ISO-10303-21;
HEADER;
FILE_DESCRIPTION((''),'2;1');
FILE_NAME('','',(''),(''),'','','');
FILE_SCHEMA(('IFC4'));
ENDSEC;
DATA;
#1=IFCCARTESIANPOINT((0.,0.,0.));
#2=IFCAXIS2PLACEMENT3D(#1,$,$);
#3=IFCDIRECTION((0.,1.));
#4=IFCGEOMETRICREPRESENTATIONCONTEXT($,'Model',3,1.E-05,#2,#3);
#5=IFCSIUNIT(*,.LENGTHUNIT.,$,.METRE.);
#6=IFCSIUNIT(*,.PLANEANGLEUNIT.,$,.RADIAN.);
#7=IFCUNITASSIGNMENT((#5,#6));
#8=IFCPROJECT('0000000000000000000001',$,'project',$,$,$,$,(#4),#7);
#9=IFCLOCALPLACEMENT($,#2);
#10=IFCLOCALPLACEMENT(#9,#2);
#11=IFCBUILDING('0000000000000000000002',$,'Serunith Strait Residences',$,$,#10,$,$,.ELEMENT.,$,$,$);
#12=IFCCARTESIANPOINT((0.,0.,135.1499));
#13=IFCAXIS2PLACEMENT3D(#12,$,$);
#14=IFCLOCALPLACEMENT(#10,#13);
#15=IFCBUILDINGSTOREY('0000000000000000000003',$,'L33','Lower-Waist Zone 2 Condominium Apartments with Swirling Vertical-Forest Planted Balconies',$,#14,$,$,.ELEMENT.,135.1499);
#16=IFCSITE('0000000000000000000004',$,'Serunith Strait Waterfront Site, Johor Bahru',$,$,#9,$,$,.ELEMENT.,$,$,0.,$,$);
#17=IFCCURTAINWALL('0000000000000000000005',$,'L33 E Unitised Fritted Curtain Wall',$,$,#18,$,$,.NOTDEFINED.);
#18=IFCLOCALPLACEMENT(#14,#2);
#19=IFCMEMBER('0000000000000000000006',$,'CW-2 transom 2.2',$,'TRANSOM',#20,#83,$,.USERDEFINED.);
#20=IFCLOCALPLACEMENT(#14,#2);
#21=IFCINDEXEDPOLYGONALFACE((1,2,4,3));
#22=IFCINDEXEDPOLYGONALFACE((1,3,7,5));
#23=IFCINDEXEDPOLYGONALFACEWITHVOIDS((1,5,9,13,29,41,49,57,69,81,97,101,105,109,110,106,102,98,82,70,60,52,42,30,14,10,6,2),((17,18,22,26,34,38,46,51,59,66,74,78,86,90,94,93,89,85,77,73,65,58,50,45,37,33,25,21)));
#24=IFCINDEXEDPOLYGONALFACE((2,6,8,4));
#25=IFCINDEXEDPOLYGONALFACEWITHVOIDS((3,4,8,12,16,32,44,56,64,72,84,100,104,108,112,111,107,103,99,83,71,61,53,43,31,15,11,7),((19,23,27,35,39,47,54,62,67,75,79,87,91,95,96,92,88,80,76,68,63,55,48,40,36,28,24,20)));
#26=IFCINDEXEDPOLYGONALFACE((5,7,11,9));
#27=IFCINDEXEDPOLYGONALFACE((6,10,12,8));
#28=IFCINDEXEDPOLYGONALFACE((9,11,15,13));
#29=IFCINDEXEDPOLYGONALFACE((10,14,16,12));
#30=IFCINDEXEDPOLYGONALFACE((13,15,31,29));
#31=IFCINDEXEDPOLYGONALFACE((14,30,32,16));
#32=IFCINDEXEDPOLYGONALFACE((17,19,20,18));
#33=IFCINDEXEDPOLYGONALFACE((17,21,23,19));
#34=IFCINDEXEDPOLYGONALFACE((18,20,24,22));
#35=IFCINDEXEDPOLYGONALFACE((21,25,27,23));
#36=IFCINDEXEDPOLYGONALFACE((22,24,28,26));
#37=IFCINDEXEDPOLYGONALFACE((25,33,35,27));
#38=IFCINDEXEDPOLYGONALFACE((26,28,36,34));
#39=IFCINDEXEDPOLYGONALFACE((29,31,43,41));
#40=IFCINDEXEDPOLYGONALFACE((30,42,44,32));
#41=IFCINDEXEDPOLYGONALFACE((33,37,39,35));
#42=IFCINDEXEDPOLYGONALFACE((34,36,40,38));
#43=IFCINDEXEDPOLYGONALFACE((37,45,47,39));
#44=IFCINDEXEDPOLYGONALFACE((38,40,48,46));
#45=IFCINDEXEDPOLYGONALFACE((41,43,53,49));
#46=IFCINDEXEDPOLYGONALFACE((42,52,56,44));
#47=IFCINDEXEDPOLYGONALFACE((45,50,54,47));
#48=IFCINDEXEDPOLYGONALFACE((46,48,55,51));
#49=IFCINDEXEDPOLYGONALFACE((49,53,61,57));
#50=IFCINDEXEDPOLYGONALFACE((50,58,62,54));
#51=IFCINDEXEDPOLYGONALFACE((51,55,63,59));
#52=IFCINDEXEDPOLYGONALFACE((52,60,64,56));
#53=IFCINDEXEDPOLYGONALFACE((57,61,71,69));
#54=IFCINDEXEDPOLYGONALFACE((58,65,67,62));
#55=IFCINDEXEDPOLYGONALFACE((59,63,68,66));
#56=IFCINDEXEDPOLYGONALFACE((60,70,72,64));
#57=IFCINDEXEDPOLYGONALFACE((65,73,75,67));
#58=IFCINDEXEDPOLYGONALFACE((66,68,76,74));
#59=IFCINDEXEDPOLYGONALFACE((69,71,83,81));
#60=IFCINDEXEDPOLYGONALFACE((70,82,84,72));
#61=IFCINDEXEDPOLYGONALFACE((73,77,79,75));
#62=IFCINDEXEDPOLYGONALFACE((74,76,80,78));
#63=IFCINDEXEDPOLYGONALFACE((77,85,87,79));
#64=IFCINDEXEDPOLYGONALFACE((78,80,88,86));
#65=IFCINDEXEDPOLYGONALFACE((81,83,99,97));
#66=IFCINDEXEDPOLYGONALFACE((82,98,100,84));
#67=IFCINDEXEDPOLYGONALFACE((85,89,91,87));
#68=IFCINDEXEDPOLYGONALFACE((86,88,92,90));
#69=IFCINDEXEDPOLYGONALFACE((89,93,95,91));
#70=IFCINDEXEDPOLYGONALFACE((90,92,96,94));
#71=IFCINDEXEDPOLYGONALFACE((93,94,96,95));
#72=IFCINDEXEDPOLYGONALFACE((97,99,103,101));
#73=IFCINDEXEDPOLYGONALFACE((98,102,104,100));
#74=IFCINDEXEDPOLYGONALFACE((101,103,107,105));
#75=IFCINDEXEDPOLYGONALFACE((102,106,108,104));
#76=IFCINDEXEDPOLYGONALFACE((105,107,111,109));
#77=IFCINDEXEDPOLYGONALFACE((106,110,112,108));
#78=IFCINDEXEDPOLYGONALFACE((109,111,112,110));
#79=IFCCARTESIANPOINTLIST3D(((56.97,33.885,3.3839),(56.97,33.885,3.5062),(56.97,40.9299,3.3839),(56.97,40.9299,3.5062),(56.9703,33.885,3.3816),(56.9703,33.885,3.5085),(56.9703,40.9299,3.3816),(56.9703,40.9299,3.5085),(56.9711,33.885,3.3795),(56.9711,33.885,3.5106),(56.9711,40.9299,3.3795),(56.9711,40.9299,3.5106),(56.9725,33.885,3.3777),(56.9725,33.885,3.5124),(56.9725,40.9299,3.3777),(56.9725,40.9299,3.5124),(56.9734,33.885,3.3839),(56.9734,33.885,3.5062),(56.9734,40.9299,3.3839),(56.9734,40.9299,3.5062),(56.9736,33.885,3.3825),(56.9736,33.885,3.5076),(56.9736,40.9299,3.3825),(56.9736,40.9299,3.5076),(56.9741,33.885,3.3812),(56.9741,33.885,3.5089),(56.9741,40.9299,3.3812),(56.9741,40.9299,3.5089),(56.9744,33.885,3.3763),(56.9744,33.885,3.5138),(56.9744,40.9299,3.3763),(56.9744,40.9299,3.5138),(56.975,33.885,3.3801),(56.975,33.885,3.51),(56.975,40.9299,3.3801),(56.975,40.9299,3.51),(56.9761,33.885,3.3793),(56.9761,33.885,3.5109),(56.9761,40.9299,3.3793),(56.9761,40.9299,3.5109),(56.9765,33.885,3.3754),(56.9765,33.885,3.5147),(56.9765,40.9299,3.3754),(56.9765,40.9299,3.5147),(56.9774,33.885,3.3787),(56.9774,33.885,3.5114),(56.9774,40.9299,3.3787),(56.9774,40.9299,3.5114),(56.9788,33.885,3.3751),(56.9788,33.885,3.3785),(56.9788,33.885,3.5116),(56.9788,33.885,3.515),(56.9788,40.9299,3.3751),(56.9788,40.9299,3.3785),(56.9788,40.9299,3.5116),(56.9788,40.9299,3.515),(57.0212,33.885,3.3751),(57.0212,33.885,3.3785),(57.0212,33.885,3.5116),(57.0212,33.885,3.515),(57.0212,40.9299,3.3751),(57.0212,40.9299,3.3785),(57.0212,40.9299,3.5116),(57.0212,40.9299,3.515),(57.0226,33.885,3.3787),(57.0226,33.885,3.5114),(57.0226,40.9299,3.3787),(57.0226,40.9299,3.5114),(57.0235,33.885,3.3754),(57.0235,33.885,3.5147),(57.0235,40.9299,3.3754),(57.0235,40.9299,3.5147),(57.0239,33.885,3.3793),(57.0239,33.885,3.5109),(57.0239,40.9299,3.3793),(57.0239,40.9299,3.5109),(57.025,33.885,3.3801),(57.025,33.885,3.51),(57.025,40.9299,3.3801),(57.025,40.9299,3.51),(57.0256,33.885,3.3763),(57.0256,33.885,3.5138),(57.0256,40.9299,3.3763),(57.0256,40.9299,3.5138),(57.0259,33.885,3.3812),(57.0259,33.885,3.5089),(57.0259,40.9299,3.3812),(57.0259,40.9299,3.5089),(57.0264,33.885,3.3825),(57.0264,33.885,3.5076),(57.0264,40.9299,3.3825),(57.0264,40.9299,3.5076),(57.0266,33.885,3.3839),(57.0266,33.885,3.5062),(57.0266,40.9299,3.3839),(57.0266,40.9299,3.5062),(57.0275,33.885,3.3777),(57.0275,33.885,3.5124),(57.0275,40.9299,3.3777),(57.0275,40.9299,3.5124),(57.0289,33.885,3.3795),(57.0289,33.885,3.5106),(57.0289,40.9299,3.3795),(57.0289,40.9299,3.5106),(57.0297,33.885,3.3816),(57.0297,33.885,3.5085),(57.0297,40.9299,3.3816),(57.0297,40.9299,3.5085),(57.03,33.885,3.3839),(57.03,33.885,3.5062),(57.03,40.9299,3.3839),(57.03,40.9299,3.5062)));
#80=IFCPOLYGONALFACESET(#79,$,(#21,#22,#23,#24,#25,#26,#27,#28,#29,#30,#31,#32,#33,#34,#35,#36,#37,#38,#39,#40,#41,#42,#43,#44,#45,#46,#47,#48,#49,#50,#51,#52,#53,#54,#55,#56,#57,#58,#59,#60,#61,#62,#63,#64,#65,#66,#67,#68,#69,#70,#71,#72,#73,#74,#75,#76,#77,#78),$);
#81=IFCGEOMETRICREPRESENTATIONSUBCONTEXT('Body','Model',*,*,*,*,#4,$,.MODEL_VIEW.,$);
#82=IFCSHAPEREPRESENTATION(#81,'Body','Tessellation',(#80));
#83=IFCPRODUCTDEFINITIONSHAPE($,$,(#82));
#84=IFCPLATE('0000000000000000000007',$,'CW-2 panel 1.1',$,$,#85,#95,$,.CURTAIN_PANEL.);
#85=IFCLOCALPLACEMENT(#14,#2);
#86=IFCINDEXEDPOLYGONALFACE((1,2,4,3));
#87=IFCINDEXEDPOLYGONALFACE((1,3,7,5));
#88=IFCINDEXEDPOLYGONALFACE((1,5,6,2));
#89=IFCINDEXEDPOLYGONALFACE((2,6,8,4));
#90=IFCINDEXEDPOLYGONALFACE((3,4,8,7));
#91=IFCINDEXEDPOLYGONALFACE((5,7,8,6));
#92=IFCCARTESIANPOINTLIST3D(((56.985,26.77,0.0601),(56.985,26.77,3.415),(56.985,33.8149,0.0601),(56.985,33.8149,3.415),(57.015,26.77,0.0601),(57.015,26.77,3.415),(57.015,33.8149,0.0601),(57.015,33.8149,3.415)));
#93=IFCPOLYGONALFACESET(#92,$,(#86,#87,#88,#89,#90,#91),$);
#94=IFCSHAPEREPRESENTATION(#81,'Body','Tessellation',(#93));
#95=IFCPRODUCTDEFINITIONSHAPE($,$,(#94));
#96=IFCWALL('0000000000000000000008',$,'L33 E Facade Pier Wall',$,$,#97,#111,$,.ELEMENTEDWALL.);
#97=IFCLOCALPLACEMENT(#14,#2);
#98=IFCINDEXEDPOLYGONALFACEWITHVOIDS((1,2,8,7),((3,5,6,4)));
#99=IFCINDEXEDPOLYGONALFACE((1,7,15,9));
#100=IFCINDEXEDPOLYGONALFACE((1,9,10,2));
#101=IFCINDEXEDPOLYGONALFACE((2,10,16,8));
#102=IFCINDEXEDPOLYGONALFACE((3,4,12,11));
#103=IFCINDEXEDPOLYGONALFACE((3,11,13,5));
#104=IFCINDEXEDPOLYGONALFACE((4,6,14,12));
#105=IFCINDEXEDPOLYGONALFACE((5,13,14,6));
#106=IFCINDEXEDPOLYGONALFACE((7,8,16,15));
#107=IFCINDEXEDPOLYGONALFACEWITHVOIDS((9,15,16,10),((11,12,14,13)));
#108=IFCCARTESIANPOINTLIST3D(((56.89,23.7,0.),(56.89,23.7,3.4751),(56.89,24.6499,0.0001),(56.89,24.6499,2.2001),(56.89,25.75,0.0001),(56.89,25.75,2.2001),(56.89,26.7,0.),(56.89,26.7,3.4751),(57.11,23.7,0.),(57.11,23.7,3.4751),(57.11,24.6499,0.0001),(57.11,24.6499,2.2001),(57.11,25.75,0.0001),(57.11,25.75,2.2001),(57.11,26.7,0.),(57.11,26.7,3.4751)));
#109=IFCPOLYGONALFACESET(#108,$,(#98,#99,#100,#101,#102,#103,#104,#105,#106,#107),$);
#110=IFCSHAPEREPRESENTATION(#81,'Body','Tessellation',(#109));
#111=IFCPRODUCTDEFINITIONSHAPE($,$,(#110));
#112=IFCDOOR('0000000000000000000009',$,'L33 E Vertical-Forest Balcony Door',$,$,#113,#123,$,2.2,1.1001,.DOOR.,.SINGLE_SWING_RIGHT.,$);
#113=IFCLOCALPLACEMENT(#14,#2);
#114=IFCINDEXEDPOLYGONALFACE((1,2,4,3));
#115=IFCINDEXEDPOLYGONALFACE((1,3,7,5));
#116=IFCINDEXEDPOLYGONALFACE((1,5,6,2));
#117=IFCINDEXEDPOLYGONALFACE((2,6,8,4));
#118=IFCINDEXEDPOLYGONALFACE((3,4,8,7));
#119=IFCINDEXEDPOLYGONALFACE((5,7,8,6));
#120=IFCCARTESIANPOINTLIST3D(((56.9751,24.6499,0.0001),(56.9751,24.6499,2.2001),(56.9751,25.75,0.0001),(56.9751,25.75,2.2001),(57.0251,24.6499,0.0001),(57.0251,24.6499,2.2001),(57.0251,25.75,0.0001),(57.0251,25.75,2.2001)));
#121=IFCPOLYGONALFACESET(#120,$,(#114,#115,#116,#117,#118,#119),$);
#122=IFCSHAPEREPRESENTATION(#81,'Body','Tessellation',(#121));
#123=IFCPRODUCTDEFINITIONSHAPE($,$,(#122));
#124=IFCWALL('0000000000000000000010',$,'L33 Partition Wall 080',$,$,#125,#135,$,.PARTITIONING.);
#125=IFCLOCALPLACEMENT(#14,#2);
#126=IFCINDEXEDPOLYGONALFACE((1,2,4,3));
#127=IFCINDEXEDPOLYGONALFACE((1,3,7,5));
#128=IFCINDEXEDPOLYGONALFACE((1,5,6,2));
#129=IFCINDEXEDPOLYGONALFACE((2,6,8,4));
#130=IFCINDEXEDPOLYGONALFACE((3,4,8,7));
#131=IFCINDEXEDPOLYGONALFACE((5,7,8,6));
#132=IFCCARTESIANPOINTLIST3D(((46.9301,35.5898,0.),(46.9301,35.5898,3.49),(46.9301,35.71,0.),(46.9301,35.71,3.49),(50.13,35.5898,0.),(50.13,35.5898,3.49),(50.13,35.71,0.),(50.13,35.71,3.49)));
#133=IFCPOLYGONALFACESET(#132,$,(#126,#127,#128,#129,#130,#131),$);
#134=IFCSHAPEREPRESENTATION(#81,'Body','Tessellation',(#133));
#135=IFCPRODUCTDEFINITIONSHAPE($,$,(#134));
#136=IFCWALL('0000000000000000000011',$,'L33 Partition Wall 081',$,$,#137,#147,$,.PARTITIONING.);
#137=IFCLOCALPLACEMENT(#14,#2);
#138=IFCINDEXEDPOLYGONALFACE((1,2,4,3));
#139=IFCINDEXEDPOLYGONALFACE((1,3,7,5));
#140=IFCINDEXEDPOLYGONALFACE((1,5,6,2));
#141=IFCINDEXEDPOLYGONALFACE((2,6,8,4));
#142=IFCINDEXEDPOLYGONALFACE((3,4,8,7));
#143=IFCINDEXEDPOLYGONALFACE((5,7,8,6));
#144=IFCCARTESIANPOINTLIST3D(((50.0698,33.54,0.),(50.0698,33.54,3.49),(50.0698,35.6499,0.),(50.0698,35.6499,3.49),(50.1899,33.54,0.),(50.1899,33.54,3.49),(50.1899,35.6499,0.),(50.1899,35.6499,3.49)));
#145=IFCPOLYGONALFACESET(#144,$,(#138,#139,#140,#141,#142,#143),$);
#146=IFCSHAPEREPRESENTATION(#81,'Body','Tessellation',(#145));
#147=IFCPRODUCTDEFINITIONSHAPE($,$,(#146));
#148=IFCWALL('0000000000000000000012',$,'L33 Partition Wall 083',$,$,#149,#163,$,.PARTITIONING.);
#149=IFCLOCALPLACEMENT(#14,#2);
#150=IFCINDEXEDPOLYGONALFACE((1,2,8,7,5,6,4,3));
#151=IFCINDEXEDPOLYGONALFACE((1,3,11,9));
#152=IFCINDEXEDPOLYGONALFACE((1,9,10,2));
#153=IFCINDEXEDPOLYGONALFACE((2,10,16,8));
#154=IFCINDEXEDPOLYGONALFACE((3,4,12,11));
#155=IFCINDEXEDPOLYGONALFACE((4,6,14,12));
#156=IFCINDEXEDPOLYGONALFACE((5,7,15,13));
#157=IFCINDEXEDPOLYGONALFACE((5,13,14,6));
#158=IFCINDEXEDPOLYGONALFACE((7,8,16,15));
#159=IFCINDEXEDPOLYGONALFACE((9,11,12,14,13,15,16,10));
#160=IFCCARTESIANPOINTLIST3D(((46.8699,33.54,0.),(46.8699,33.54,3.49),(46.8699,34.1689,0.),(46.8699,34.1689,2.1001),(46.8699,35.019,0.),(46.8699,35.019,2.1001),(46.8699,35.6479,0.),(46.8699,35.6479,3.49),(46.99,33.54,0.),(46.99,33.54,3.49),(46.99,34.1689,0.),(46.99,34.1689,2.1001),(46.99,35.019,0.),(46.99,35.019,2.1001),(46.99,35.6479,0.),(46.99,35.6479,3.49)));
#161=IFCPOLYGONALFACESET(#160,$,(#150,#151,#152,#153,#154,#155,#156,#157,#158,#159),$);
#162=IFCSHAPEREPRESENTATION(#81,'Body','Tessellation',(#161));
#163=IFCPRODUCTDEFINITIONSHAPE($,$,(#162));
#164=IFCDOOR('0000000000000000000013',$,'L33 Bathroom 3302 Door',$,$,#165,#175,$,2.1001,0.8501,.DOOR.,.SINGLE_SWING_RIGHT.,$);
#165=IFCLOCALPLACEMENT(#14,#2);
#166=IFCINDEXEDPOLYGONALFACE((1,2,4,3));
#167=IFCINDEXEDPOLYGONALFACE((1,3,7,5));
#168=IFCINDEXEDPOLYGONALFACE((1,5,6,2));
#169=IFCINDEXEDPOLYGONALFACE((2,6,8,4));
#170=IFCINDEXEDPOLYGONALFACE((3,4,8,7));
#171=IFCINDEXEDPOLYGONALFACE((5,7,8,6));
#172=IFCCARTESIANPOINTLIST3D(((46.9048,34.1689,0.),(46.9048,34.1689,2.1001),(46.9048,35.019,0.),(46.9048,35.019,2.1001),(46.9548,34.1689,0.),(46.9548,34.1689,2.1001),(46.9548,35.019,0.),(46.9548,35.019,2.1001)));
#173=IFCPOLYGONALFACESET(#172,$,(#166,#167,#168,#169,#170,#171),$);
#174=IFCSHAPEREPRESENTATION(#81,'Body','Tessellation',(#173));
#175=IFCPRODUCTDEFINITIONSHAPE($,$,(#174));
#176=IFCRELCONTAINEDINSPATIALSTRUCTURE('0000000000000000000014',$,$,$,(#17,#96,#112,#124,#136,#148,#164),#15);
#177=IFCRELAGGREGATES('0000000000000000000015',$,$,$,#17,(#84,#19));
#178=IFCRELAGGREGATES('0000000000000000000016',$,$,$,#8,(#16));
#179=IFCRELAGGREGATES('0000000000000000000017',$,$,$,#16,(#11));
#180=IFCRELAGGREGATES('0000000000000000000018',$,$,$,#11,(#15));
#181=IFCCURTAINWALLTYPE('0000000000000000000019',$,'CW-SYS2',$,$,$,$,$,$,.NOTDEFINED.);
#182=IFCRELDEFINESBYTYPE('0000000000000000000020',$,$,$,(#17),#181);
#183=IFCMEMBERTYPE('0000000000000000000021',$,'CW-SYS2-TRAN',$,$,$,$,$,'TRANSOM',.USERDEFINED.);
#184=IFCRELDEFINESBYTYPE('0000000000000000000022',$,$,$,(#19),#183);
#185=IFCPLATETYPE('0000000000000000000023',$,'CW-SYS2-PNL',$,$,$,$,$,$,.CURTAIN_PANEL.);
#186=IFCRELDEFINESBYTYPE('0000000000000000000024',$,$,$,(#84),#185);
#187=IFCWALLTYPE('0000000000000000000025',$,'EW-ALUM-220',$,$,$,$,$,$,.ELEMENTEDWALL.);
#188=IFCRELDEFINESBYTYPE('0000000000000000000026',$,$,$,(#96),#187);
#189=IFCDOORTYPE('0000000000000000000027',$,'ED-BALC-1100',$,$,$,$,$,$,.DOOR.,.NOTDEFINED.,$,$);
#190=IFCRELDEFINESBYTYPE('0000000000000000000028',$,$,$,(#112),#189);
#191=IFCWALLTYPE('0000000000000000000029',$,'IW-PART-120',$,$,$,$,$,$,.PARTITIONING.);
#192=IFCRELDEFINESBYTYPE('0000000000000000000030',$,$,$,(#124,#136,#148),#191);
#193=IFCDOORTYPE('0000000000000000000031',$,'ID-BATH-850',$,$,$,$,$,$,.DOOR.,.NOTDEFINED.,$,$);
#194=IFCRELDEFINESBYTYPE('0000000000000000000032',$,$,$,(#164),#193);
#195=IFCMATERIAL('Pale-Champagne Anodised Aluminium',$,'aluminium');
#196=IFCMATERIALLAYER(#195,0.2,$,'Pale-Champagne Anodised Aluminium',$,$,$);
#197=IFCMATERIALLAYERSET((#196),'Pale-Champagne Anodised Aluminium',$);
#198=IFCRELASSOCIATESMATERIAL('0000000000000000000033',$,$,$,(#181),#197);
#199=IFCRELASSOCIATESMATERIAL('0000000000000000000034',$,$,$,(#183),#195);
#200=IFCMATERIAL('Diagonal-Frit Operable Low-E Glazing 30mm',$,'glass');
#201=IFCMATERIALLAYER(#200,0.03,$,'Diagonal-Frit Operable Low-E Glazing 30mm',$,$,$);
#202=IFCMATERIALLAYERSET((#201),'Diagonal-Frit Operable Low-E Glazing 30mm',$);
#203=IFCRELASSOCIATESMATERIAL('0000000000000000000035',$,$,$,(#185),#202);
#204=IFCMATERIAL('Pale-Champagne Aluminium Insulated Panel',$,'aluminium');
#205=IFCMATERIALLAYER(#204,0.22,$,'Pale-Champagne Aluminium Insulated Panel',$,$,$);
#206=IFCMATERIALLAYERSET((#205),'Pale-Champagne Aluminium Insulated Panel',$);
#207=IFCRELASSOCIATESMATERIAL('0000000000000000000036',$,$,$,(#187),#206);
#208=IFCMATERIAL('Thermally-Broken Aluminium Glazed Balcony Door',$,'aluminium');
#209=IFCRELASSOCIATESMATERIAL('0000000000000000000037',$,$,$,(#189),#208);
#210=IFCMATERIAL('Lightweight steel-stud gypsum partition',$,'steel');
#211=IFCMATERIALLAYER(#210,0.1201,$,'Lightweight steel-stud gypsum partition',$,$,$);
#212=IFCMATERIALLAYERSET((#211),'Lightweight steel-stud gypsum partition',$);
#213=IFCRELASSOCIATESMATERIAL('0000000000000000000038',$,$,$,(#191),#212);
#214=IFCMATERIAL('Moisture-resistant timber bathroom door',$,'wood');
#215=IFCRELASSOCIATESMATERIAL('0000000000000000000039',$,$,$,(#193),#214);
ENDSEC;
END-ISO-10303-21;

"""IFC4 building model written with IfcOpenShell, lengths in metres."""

from ifc_helpers import new_model, si_unit, direction, frame, frame_2d, origin, origin_2d, place, context, subcontext, project, spatial, rectangle, hollow_rectangle, extrude, source, transform, mapped, material, layer, layer_set, material_profile, profile_set, type_object, element, fill, aggregate, save


model = new_model("IFC4")

# Units and contexts
model_context = context("Model", 3, precision=1e-05, world=origin(), true_north=direction((0.0, 1.0)))
body_context = subcontext(model_context, "Body", "Model", "MODEL_VIEW")
ifc_project = project(units=[si_unit("LENGTHUNIT", "METRE"), si_unit("PLANEANGLEUNIT", "RADIAN")], contexts=[model_context])

# Site, building, storey
site_placement = place(None, origin())
site = spatial("IfcSite", under=ifc_project, at=site_placement, Name="Serunith Strait Waterfront Site, Johor Bahru", CompositionType="ELEMENT", RefElevation=0.0)
building_placement = place(site_placement, origin())
building = spatial("IfcBuilding", under=site, at=building_placement, Name="Serunith Strait Residences", CompositionType="ELEMENT")
storey_placement = place(building_placement, frame((0.0, 0.0, 135.1499)))
storey = spatial("IfcBuildingStorey", under=building, at=storey_placement, Name="L33", Description="Lower-Waist Zone 2 Condominium Apartments with Swirling Vertical-Forest Planted Balconies", CompositionType="ELEMENT", Elevation=135.1499)

# Shared definitions
ifc_material_1 = material(Name="Pale-Champagne Anodised Aluminium", Category="aluminium")
ifc_layer_1 = layer(ifc_material_1, 0.2, Name="Pale-Champagne Anodised Aluminium")
ifc_layer_set_1 = layer_set([ifc_layer_1], Name="Pale-Champagne Anodised Aluminium")
curtain_wall_type = type_object("IfcCurtainWallType", Name="CW-SYS2", PredefinedType="NOTDEFINED", material=ifc_layer_set_1)

# Curtain wall, member, plate
curtain_wall_1_placement = place(storey_placement, origin())
curtain_wall_1 = element("IfcCurtainWall", 1, at=curtain_wall_1_placement, inside=storey, type_object=curtain_wall_type, Name="L33 E Unitised Fritted Curtain Wall", PredefinedType="NOTDEFINED")
ifc_material_profile_1 = material_profile(ifc_material_1, hollow_rectangle(XDim=0.0601, YDim=0.1399, WallThickness=0.0034, InnerFilletRadius=0.0054, OuterFilletRadius=0.0088, at=origin_2d()), Name="ALU 140x60x3.5")
ifc_profile_set_1 = profile_set([ifc_material_profile_1], Name="Pale-Champagne Anodised Aluminium")
member_type_1 = type_object("IfcMemberType", Name="CW-SYS2-TRAN", ElementType="TRANSOM", PredefinedType="USERDEFINED", material=ifc_profile_set_1)
shared_shape_1 = source(origin(), body_context, "Body", "SweptSolid", [
    extrude(hollow_rectangle(XDim=0.0601, YDim=0.1399, WallThickness=0.0034, InnerFilletRadius=0.0054, OuterFilletRadius=0.0088, at=origin_2d()), origin(), (0.0, 0.0, 1.0), 7.0449),
])
member_1_placement = place(storey_placement, frame((57.0, 33.885, 3.4451), z_axis=(0.0, 1.0, 0.0), x_axis=(-1.0, 0.0, 0.0)))
member_1 = element("IfcMember", 2, at=member_1_placement, type_object=member_type_1, Name="CW-2 transom 2.2", ObjectType="TRANSOM", PredefinedType="USERDEFINED", context=body_context, shape_type="MappedRepresentation", body=[
    mapped(shared_shape_1, transform((0.0, 0.0, 0.0), scale=1.0)),
])
ifc_material_2 = material(Name="Diagonal-Frit Operable Low-E Glazing 30mm", Category="glass")
ifc_layer_2 = layer(ifc_material_2, 0.03, Name="Diagonal-Frit Operable Low-E Glazing 30mm")
ifc_layer_set_2 = layer_set([ifc_layer_2], Name="Diagonal-Frit Operable Low-E Glazing 30mm")
plate_type = type_object("IfcPlateType", Name="CW-SYS2-PNL", PredefinedType="CURTAIN_PANEL", material=ifc_layer_set_2)
shared_shape_2 = source(origin(), body_context, "Body", "SweptSolid", [
    extrude(rectangle(XDim=7.0449, YDim=0.03, at=origin_2d()), origin(), (0.0, 0.0, 1.0), 3.355),
])
plate_placement = place(storey_placement, frame((57.0, 30.2925, 0.0601), z_axis=(0.0, 0.0, 1.0), x_axis=(0.0, 1.0, 0.0)))
plate = element("IfcPlate", 3, at=plate_placement, type_object=plate_type, Name="CW-2 panel 1.1", PredefinedType="CURTAIN_PANEL", context=body_context, shape_type="MappedRepresentation", body=[
    mapped(shared_shape_2, transform((0.0, 0.0, 0.0), scale=1.0)),
])
aggregate(curtain_wall_1, [plate, member_1])

# Wall, opening, door
ifc_material_3 = material(Name="Pale-Champagne Aluminium Insulated Panel", Category="aluminium")
ifc_layer_3 = layer(ifc_material_3, 0.22, Name="Pale-Champagne Aluminium Insulated Panel")
ifc_layer_set_3 = layer_set([ifc_layer_3], Name="Pale-Champagne Aluminium Insulated Panel")
wall_type_1 = type_object("IfcWallType", Name="EW-ALUM-220", PredefinedType="ELEMENTEDWALL", material=ifc_layer_set_3)
wall_1_placement = place(storey_placement, frame((57.0, 23.7, 0.0), z_axis=(0.0, 0.0, 1.0), x_axis=(0.0, 1.0, 0.0)))
wall_1 = element("IfcWall", 4, at=wall_1_placement, inside=storey, type_object=wall_type_1, Name="L33 E Facade Pier Wall", PredefinedType="ELEMENTEDWALL", context=body_context, shape_type="SweptSolid", body=[
    extrude(rectangle(XDim=3.0, YDim=0.22, at=frame_2d((1.5, 0.0))), origin(), (0.0, 0.0, 1.0), 3.4751),
])
opening_1_placement = place(wall_1_placement, frame((0.95, 0.0, 0.0)))
opening_1 = element("IfcOpeningElement", 5, at=opening_1_placement, cuts=wall_1, PredefinedType="OPENING", context=body_context, shape_type="SweptSolid", body=[
    extrude(rectangle(XDim=1.1001, YDim=2.2, at=frame_2d((0.55, 1.1001))), frame((0.0, 0.1201, 0.0), z_axis=(0.0, -1.0, 0.0), x_axis=(1.0, 0.0, 0.0)), (0.0, 0.0, 1.0), 0.24),
])
ifc_material_4 = material(Name="Thermally-Broken Aluminium Glazed Balcony Door", Category="aluminium")
door_type_1 = type_object("IfcDoorType", Name="ED-BALC-1100", OperationType="NOTDEFINED", PredefinedType="DOOR", material=ifc_material_4)
shared_shape_3 = source(origin(), body_context, "Body", "SweptSolid", [
    extrude(rectangle(XDim=1.1001, YDim=2.2, at=frame_2d((0.55, 1.1001))), frame((0.0, 0.0249, 0.0), z_axis=(0.0, -1.0, 0.0), x_axis=(1.0, 0.0, 0.0)), (0.0, 0.0, 1.0), 0.05),
])
door_1_placement = place(opening_1_placement, origin())
door_1 = element("IfcDoor", 6, at=door_1_placement, inside=storey, type_object=door_type_1, Name="L33 E Vertical-Forest Balcony Door", OperationType="SINGLE_SWING_RIGHT", OverallHeight=2.2, OverallWidth=1.1001, PredefinedType="DOOR", context=body_context, shape_type="MappedRepresentation", body=[
    mapped(shared_shape_3, transform((0.0, 0.0, 0.0), scale=1.0)),
])
fill(opening_1, door_1)

# Walls
ifc_material_5 = material(Name="Lightweight steel-stud gypsum partition", Category="steel")
ifc_layer_4 = layer(ifc_material_5, 0.1201, Name="Lightweight steel-stud gypsum partition")
ifc_layer_set_4 = layer_set([ifc_layer_4], Name="Lightweight steel-stud gypsum partition")
wall_type_2 = type_object("IfcWallType", Name="IW-PART-120", PredefinedType="PARTITIONING", material=ifc_layer_set_4)
wall_2_placement = place(storey_placement, frame((46.9299, 35.6499, 0.0), z_axis=(0.0, 0.0, 1.0), x_axis=(1.0, 0.0, 0.0)))
element("IfcWall", 7, at=wall_2_placement, inside=storey, type_object=wall_type_2, Name="L33 Partition Wall 080", PredefinedType="PARTITIONING", context=body_context, shape_type="SweptSolid", body=[
    extrude(rectangle(XDim=3.2, YDim=0.1201, at=frame_2d((1.6001, 0.0))), origin(), (0.0, 0.0, 1.0), 3.49),
])
wall_3_placement = place(storey_placement, frame((50.1299, 35.6499, 0.0), z_axis=(0.0, 0.0, 1.0), x_axis=(0.0, -1.0, 0.0)))
element("IfcWall", 8, at=wall_3_placement, inside=storey, type_object=wall_type_2, Name="L33 Partition Wall 081", PredefinedType="PARTITIONING", context=body_context, shape_type="SweptSolid", body=[
    extrude(rectangle(XDim=2.1099, YDim=0.1201, at=frame_2d((1.0549, 0.0))), origin(), (0.0, 0.0, 1.0), 3.49),
])

# Wall, opening, door
wall_4_placement = place(storey_placement, frame((46.9299, 35.6479, 0.0), z_axis=(0.0, 0.0, 1.0), x_axis=(0.0, -1.0, 0.0)))
wall_4 = element("IfcWall", 9, at=wall_4_placement, inside=storey, type_object=wall_type_2, Name="L33 Partition Wall 083", PredefinedType="PARTITIONING", context=body_context, shape_type="SweptSolid", body=[
    extrude(rectangle(XDim=2.1079, YDim=0.1201, at=frame_2d((1.054, 0.0))), origin(), (0.0, 0.0, 1.0), 3.49),
])
opening_2_placement = place(wall_4_placement, frame((0.6289, 0.0, 0.0)))
opening_2 = element("IfcOpeningElement", 10, at=opening_2_placement, cuts=wall_4, PredefinedType="OPENING", context=body_context, shape_type="SweptSolid", body=[
    extrude(rectangle(XDim=0.8501, YDim=2.1001, at=frame_2d((0.425, 1.05))), frame((0.0, 0.0701, 0.0), z_axis=(0.0, -1.0, 0.0), x_axis=(1.0, 0.0, 0.0)), (0.0, 0.0, 1.0), 0.1401),
])
ifc_material_6 = material(Name="Moisture-resistant timber bathroom door", Category="wood")
door_type_2 = type_object("IfcDoorType", Name="ID-BATH-850", OperationType="NOTDEFINED", PredefinedType="DOOR", material=ifc_material_6)
shared_shape_4 = source(origin(), body_context, "Body", "SweptSolid", [
    extrude(rectangle(XDim=0.8501, YDim=2.1001, at=frame_2d((0.425, 1.05))), frame((0.0, 0.0249, 0.0), z_axis=(0.0, -1.0, 0.0), x_axis=(1.0, 0.0, 0.0)), (0.0, 0.0, 1.0), 0.05),
])
door_2_placement = place(opening_2_placement, origin())
door_2 = element("IfcDoor", 11, at=door_2_placement, inside=storey, type_object=door_type_2, Name="L33 Bathroom 3302 Door", OperationType="SINGLE_SWING_RIGHT", OverallHeight=2.1001, OverallWidth=0.8501, PredefinedType="DOOR", context=body_context, shape_type="MappedRepresentation", body=[
    mapped(shared_shape_4, transform((0.0, 0.0, 0.0), scale=1.0)),
])
fill(opening_2, door_2)

save(model, "model.ifc")
